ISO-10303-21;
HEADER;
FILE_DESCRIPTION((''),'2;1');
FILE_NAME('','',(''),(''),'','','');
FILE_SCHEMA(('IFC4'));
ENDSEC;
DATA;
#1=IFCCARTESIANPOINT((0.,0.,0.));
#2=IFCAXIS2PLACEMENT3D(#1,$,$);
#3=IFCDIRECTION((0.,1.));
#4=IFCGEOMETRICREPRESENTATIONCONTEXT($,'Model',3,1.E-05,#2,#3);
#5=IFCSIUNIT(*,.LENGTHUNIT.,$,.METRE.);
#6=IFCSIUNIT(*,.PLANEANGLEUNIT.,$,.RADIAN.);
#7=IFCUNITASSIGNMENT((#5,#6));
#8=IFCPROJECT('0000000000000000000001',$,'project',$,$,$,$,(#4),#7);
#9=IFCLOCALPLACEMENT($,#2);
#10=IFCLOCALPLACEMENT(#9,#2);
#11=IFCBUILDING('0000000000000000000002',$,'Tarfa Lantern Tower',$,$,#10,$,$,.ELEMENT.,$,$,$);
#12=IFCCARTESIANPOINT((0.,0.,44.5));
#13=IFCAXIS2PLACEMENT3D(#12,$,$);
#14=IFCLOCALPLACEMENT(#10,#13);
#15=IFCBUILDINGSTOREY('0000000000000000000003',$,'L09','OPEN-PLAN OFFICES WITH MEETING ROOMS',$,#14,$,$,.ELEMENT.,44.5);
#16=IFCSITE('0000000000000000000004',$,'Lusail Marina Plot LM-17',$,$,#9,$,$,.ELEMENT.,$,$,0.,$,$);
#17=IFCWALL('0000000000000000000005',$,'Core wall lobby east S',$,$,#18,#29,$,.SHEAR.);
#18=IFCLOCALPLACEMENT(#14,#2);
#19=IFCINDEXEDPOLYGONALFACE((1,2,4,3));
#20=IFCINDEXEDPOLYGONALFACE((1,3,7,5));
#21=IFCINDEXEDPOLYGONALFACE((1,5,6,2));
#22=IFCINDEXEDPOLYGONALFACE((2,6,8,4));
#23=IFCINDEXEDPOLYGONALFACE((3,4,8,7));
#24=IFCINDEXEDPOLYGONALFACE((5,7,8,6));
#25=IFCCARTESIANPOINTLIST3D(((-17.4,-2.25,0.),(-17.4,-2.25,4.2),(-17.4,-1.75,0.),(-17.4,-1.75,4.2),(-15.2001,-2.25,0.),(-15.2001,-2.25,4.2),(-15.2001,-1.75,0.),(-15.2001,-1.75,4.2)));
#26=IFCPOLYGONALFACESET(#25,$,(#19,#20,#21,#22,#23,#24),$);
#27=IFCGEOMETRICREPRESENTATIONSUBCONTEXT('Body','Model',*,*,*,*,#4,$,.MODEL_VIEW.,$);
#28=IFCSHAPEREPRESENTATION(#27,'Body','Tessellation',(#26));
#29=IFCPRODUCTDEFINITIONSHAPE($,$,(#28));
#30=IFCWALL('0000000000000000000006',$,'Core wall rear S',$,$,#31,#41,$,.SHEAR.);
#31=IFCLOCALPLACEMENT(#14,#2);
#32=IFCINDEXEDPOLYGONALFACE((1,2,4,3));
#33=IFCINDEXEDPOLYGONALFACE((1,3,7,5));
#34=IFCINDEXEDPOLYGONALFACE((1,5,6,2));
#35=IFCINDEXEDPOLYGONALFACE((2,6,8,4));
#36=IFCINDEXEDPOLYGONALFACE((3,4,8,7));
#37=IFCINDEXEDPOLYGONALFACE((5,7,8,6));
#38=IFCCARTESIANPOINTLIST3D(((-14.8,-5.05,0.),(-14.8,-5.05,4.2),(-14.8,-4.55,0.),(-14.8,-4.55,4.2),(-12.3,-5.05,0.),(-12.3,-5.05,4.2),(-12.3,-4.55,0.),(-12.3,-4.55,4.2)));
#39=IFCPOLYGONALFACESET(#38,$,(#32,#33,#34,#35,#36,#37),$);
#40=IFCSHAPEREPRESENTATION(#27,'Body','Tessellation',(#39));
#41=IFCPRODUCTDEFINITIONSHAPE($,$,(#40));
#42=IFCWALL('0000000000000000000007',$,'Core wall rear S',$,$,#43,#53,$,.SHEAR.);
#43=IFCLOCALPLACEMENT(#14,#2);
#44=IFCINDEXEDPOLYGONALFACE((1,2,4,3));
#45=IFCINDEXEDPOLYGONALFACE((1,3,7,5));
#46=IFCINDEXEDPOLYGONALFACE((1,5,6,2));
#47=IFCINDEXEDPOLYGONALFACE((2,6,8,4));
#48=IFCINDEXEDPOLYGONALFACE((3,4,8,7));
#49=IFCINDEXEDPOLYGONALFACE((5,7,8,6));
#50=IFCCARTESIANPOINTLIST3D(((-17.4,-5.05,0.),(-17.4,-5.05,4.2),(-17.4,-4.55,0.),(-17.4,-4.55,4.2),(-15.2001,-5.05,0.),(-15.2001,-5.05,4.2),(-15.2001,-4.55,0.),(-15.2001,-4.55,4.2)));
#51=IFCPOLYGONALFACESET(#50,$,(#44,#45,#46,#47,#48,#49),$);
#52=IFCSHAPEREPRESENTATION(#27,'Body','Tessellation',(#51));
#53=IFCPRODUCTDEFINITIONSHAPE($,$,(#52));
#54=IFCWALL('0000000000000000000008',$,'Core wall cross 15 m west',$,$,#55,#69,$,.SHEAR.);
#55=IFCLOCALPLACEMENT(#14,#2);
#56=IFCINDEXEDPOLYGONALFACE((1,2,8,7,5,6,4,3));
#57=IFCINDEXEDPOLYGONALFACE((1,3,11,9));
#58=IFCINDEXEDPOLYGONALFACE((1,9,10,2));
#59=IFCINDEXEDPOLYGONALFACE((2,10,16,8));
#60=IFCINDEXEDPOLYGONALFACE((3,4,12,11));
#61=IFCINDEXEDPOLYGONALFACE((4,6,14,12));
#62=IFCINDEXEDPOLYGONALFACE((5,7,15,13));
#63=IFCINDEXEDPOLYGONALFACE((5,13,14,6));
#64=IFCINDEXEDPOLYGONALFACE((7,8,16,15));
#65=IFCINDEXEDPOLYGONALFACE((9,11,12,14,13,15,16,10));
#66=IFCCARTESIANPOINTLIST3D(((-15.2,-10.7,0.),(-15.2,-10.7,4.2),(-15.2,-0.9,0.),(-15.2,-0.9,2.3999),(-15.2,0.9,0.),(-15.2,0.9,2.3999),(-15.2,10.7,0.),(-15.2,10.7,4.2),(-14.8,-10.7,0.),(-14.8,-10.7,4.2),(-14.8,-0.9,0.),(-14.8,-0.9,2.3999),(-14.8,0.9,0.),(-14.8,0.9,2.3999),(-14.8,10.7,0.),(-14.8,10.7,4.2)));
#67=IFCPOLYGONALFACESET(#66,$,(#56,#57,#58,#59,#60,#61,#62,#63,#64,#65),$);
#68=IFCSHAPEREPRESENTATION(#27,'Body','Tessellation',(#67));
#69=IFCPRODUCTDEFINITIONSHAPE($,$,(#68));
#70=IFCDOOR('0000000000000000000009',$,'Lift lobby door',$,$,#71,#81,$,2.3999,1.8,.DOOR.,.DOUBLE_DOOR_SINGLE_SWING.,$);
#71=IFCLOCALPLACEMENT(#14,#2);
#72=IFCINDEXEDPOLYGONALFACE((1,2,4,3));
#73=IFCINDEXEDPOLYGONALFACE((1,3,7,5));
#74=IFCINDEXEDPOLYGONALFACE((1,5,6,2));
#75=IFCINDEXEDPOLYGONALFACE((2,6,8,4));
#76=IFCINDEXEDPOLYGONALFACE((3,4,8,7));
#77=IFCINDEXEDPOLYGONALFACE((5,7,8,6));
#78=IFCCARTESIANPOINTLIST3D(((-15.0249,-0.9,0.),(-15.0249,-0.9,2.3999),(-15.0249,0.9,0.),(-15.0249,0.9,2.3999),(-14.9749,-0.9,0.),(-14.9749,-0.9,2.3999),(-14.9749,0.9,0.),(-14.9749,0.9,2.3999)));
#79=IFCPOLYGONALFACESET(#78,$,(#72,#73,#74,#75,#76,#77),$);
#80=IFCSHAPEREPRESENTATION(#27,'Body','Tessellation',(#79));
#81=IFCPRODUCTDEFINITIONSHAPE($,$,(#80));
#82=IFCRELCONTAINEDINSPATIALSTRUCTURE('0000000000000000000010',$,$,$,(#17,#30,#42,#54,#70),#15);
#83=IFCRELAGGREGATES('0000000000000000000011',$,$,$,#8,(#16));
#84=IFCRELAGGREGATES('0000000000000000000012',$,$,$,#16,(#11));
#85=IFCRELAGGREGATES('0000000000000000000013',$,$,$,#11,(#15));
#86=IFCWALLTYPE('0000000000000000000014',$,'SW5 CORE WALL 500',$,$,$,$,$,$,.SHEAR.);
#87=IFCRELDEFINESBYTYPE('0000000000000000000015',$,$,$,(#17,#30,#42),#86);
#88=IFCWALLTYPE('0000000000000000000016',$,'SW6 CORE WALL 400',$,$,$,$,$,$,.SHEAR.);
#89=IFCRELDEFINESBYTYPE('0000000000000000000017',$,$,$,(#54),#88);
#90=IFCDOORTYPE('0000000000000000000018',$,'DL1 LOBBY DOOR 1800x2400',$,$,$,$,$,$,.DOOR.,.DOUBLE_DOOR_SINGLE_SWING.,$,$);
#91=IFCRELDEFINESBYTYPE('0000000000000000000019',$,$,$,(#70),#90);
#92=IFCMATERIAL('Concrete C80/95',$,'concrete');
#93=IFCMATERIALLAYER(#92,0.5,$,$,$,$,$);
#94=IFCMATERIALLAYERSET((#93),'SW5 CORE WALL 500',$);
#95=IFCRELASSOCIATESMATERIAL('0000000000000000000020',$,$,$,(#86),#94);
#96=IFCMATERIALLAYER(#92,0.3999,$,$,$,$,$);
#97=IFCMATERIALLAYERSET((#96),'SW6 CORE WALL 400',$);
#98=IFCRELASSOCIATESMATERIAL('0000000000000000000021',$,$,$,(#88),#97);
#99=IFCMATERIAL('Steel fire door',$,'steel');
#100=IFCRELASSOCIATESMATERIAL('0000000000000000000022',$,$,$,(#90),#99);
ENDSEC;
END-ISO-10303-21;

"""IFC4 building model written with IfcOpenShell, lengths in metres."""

from ifc_helpers import new_model, si_unit, direction, frame, frame_2d, origin, place, context, subcontext, project, spatial, rectangle, extrude, material, layer, layer_set, type_object, element, fill, save


model = new_model("IFC4")

# Units and contexts
model_context = context("Model", 3, precision=1e-05, world=origin(), true_north=direction((0.0, 1.0)))
body_context = subcontext(model_context, "Body", "Model", "MODEL_VIEW")
ifc_project = project(units=[si_unit("LENGTHUNIT", "METRE"), si_unit("PLANEANGLEUNIT", "RADIAN")], contexts=[model_context])

# Site, building, storey
site_placement = place(None, origin())
site = spatial("IfcSite", under=ifc_project, at=site_placement, Name="Lusail Marina Plot LM-17", CompositionType="ELEMENT", RefElevation=0.0)
building_placement = place(site_placement, origin())
building = spatial("IfcBuilding", under=site, at=building_placement, Name="Tarfa Lantern Tower", CompositionType="ELEMENT")
storey_placement = place(building_placement, frame((0.0, 0.0, 44.5)))
storey = spatial("IfcBuildingStorey", under=building, at=storey_placement, Name="L09", Description="OPEN-PLAN OFFICES WITH MEETING ROOMS", CompositionType="ELEMENT", Elevation=44.5)

# Walls
ifc_material_1 = material(Name="Concrete C80/95", Category="concrete")
ifc_layer_1 = layer(ifc_material_1, 0.5)
ifc_layer_set_1 = layer_set([ifc_layer_1], Name="SW5 CORE WALL 500")
wall_type_1 = type_object("IfcWallType", Name="SW5 CORE WALL 500", PredefinedType="SHEAR", material=ifc_layer_set_1)
wall_1_placement = place(storey_placement, frame((-15.2, -2.0, 0.0), z_axis=(0.0, 0.0, 1.0), x_axis=(-1.0, 0.0, 0.0)))
element("IfcWall", 1, at=wall_1_placement, inside=storey, type_object=wall_type_1, Name="Core wall lobby east S", PredefinedType="SHEAR", context=body_context, shape_type="SweptSolid", body=[
    extrude(rectangle(XDim=2.2, YDim=0.5, at=frame_2d((1.1001, 0.0))), origin(), (0.0, 0.0, 1.0), 4.2),
])
wall_2_placement = place(storey_placement, frame((-12.3, -4.8, 0.0), z_axis=(0.0, 0.0, 1.0), x_axis=(-1.0, 0.0, 0.0)))
element("IfcWall", 2, at=wall_2_placement, inside=storey, type_object=wall_type_1, Name="Core wall rear S", PredefinedType="SHEAR", context=body_context, shape_type="SweptSolid", body=[
    extrude(rectangle(XDim=2.5, YDim=0.5, at=frame_2d((1.25, 0.0))), origin(), (0.0, 0.0, 1.0), 4.2),
])
wall_3_placement = place(storey_placement, frame((-15.2, -4.8, 0.0), z_axis=(0.0, 0.0, 1.0), x_axis=(-1.0, 0.0, 0.0)))
element("IfcWall", 3, at=wall_3_placement, inside=storey, type_object=wall_type_1, Name="Core wall rear S", PredefinedType="SHEAR", context=body_context, shape_type="SweptSolid", body=[
    extrude(rectangle(XDim=2.2, YDim=0.5, at=frame_2d((1.1001, 0.0))), origin(), (0.0, 0.0, 1.0), 4.2),
])

# Wall, opening, door
ifc_layer_2 = layer(ifc_material_1, 0.3999)
ifc_layer_set_2 = layer_set([ifc_layer_2], Name="SW6 CORE WALL 400")
wall_type_2 = type_object("IfcWallType", Name="SW6 CORE WALL 400", PredefinedType="SHEAR", material=ifc_layer_set_2)
wall_4_placement = place(storey_placement, frame((-15.0, -10.7, 0.0), z_axis=(0.0, 0.0, 1.0), x_axis=(0.0, 1.0, 0.0)))
wall_4 = element("IfcWall", 4, at=wall_4_placement, inside=storey, type_object=wall_type_2, Name="Core wall cross 15 m west", PredefinedType="SHEAR", context=body_context, shape_type="SweptSolid", body=[
    extrude(rectangle(XDim=21.3999, YDim=0.3999, at=frame_2d((10.7, 0.0))), origin(), (0.0, 0.0, 1.0), 4.2),
])
opening_1_placement = place(wall_4_placement, frame((9.8, 0.0, 0.0)))
opening_1 = element("IfcOpeningElement", 5, at=opening_1_placement, cuts=wall_4, PredefinedType="OPENING", context=body_context, shape_type="SweptSolid", body=[
    extrude(rectangle(XDim=1.8, YDim=2.3999, at=frame_2d((0.8999, 1.2))), frame((0.0, 0.21, 0.0), z_axis=(0.0, -1.0, 0.0), x_axis=(1.0, 0.0, 0.0)), (0.0, 0.0, 1.0), 0.4199),
])
ifc_material_2 = material(Name="Steel fire door", Category="steel")
door_type_1 = type_object("IfcDoorType", Name="DL1 LOBBY DOOR 1800x2400", OperationType="DOUBLE_DOOR_SINGLE_SWING", PredefinedType="DOOR", material=ifc_material_2)
door_1_placement = place(opening_1_placement, origin())
door_1 = element("IfcDoor", 6, at=door_1_placement, inside=storey, type_object=door_type_1, Name="Lift lobby door", OperationType="DOUBLE_DOOR_SINGLE_SWING", OverallHeight=2.3999, OverallWidth=1.8, PredefinedType="DOOR", context=body_context, shape_type="SweptSolid", body=[
    extrude(rectangle(XDim=1.8, YDim=2.3999, at=frame_2d((0.8999, 1.2))), frame((0.0, 0.0249, 0.0), z_axis=(0.0, -1.0, 0.0), x_axis=(1.0, 0.0, 0.0)), (0.0, 0.0, 1.0), 0.05),
])
fill(opening_1, door_1)

save(model, "model.ifc")
